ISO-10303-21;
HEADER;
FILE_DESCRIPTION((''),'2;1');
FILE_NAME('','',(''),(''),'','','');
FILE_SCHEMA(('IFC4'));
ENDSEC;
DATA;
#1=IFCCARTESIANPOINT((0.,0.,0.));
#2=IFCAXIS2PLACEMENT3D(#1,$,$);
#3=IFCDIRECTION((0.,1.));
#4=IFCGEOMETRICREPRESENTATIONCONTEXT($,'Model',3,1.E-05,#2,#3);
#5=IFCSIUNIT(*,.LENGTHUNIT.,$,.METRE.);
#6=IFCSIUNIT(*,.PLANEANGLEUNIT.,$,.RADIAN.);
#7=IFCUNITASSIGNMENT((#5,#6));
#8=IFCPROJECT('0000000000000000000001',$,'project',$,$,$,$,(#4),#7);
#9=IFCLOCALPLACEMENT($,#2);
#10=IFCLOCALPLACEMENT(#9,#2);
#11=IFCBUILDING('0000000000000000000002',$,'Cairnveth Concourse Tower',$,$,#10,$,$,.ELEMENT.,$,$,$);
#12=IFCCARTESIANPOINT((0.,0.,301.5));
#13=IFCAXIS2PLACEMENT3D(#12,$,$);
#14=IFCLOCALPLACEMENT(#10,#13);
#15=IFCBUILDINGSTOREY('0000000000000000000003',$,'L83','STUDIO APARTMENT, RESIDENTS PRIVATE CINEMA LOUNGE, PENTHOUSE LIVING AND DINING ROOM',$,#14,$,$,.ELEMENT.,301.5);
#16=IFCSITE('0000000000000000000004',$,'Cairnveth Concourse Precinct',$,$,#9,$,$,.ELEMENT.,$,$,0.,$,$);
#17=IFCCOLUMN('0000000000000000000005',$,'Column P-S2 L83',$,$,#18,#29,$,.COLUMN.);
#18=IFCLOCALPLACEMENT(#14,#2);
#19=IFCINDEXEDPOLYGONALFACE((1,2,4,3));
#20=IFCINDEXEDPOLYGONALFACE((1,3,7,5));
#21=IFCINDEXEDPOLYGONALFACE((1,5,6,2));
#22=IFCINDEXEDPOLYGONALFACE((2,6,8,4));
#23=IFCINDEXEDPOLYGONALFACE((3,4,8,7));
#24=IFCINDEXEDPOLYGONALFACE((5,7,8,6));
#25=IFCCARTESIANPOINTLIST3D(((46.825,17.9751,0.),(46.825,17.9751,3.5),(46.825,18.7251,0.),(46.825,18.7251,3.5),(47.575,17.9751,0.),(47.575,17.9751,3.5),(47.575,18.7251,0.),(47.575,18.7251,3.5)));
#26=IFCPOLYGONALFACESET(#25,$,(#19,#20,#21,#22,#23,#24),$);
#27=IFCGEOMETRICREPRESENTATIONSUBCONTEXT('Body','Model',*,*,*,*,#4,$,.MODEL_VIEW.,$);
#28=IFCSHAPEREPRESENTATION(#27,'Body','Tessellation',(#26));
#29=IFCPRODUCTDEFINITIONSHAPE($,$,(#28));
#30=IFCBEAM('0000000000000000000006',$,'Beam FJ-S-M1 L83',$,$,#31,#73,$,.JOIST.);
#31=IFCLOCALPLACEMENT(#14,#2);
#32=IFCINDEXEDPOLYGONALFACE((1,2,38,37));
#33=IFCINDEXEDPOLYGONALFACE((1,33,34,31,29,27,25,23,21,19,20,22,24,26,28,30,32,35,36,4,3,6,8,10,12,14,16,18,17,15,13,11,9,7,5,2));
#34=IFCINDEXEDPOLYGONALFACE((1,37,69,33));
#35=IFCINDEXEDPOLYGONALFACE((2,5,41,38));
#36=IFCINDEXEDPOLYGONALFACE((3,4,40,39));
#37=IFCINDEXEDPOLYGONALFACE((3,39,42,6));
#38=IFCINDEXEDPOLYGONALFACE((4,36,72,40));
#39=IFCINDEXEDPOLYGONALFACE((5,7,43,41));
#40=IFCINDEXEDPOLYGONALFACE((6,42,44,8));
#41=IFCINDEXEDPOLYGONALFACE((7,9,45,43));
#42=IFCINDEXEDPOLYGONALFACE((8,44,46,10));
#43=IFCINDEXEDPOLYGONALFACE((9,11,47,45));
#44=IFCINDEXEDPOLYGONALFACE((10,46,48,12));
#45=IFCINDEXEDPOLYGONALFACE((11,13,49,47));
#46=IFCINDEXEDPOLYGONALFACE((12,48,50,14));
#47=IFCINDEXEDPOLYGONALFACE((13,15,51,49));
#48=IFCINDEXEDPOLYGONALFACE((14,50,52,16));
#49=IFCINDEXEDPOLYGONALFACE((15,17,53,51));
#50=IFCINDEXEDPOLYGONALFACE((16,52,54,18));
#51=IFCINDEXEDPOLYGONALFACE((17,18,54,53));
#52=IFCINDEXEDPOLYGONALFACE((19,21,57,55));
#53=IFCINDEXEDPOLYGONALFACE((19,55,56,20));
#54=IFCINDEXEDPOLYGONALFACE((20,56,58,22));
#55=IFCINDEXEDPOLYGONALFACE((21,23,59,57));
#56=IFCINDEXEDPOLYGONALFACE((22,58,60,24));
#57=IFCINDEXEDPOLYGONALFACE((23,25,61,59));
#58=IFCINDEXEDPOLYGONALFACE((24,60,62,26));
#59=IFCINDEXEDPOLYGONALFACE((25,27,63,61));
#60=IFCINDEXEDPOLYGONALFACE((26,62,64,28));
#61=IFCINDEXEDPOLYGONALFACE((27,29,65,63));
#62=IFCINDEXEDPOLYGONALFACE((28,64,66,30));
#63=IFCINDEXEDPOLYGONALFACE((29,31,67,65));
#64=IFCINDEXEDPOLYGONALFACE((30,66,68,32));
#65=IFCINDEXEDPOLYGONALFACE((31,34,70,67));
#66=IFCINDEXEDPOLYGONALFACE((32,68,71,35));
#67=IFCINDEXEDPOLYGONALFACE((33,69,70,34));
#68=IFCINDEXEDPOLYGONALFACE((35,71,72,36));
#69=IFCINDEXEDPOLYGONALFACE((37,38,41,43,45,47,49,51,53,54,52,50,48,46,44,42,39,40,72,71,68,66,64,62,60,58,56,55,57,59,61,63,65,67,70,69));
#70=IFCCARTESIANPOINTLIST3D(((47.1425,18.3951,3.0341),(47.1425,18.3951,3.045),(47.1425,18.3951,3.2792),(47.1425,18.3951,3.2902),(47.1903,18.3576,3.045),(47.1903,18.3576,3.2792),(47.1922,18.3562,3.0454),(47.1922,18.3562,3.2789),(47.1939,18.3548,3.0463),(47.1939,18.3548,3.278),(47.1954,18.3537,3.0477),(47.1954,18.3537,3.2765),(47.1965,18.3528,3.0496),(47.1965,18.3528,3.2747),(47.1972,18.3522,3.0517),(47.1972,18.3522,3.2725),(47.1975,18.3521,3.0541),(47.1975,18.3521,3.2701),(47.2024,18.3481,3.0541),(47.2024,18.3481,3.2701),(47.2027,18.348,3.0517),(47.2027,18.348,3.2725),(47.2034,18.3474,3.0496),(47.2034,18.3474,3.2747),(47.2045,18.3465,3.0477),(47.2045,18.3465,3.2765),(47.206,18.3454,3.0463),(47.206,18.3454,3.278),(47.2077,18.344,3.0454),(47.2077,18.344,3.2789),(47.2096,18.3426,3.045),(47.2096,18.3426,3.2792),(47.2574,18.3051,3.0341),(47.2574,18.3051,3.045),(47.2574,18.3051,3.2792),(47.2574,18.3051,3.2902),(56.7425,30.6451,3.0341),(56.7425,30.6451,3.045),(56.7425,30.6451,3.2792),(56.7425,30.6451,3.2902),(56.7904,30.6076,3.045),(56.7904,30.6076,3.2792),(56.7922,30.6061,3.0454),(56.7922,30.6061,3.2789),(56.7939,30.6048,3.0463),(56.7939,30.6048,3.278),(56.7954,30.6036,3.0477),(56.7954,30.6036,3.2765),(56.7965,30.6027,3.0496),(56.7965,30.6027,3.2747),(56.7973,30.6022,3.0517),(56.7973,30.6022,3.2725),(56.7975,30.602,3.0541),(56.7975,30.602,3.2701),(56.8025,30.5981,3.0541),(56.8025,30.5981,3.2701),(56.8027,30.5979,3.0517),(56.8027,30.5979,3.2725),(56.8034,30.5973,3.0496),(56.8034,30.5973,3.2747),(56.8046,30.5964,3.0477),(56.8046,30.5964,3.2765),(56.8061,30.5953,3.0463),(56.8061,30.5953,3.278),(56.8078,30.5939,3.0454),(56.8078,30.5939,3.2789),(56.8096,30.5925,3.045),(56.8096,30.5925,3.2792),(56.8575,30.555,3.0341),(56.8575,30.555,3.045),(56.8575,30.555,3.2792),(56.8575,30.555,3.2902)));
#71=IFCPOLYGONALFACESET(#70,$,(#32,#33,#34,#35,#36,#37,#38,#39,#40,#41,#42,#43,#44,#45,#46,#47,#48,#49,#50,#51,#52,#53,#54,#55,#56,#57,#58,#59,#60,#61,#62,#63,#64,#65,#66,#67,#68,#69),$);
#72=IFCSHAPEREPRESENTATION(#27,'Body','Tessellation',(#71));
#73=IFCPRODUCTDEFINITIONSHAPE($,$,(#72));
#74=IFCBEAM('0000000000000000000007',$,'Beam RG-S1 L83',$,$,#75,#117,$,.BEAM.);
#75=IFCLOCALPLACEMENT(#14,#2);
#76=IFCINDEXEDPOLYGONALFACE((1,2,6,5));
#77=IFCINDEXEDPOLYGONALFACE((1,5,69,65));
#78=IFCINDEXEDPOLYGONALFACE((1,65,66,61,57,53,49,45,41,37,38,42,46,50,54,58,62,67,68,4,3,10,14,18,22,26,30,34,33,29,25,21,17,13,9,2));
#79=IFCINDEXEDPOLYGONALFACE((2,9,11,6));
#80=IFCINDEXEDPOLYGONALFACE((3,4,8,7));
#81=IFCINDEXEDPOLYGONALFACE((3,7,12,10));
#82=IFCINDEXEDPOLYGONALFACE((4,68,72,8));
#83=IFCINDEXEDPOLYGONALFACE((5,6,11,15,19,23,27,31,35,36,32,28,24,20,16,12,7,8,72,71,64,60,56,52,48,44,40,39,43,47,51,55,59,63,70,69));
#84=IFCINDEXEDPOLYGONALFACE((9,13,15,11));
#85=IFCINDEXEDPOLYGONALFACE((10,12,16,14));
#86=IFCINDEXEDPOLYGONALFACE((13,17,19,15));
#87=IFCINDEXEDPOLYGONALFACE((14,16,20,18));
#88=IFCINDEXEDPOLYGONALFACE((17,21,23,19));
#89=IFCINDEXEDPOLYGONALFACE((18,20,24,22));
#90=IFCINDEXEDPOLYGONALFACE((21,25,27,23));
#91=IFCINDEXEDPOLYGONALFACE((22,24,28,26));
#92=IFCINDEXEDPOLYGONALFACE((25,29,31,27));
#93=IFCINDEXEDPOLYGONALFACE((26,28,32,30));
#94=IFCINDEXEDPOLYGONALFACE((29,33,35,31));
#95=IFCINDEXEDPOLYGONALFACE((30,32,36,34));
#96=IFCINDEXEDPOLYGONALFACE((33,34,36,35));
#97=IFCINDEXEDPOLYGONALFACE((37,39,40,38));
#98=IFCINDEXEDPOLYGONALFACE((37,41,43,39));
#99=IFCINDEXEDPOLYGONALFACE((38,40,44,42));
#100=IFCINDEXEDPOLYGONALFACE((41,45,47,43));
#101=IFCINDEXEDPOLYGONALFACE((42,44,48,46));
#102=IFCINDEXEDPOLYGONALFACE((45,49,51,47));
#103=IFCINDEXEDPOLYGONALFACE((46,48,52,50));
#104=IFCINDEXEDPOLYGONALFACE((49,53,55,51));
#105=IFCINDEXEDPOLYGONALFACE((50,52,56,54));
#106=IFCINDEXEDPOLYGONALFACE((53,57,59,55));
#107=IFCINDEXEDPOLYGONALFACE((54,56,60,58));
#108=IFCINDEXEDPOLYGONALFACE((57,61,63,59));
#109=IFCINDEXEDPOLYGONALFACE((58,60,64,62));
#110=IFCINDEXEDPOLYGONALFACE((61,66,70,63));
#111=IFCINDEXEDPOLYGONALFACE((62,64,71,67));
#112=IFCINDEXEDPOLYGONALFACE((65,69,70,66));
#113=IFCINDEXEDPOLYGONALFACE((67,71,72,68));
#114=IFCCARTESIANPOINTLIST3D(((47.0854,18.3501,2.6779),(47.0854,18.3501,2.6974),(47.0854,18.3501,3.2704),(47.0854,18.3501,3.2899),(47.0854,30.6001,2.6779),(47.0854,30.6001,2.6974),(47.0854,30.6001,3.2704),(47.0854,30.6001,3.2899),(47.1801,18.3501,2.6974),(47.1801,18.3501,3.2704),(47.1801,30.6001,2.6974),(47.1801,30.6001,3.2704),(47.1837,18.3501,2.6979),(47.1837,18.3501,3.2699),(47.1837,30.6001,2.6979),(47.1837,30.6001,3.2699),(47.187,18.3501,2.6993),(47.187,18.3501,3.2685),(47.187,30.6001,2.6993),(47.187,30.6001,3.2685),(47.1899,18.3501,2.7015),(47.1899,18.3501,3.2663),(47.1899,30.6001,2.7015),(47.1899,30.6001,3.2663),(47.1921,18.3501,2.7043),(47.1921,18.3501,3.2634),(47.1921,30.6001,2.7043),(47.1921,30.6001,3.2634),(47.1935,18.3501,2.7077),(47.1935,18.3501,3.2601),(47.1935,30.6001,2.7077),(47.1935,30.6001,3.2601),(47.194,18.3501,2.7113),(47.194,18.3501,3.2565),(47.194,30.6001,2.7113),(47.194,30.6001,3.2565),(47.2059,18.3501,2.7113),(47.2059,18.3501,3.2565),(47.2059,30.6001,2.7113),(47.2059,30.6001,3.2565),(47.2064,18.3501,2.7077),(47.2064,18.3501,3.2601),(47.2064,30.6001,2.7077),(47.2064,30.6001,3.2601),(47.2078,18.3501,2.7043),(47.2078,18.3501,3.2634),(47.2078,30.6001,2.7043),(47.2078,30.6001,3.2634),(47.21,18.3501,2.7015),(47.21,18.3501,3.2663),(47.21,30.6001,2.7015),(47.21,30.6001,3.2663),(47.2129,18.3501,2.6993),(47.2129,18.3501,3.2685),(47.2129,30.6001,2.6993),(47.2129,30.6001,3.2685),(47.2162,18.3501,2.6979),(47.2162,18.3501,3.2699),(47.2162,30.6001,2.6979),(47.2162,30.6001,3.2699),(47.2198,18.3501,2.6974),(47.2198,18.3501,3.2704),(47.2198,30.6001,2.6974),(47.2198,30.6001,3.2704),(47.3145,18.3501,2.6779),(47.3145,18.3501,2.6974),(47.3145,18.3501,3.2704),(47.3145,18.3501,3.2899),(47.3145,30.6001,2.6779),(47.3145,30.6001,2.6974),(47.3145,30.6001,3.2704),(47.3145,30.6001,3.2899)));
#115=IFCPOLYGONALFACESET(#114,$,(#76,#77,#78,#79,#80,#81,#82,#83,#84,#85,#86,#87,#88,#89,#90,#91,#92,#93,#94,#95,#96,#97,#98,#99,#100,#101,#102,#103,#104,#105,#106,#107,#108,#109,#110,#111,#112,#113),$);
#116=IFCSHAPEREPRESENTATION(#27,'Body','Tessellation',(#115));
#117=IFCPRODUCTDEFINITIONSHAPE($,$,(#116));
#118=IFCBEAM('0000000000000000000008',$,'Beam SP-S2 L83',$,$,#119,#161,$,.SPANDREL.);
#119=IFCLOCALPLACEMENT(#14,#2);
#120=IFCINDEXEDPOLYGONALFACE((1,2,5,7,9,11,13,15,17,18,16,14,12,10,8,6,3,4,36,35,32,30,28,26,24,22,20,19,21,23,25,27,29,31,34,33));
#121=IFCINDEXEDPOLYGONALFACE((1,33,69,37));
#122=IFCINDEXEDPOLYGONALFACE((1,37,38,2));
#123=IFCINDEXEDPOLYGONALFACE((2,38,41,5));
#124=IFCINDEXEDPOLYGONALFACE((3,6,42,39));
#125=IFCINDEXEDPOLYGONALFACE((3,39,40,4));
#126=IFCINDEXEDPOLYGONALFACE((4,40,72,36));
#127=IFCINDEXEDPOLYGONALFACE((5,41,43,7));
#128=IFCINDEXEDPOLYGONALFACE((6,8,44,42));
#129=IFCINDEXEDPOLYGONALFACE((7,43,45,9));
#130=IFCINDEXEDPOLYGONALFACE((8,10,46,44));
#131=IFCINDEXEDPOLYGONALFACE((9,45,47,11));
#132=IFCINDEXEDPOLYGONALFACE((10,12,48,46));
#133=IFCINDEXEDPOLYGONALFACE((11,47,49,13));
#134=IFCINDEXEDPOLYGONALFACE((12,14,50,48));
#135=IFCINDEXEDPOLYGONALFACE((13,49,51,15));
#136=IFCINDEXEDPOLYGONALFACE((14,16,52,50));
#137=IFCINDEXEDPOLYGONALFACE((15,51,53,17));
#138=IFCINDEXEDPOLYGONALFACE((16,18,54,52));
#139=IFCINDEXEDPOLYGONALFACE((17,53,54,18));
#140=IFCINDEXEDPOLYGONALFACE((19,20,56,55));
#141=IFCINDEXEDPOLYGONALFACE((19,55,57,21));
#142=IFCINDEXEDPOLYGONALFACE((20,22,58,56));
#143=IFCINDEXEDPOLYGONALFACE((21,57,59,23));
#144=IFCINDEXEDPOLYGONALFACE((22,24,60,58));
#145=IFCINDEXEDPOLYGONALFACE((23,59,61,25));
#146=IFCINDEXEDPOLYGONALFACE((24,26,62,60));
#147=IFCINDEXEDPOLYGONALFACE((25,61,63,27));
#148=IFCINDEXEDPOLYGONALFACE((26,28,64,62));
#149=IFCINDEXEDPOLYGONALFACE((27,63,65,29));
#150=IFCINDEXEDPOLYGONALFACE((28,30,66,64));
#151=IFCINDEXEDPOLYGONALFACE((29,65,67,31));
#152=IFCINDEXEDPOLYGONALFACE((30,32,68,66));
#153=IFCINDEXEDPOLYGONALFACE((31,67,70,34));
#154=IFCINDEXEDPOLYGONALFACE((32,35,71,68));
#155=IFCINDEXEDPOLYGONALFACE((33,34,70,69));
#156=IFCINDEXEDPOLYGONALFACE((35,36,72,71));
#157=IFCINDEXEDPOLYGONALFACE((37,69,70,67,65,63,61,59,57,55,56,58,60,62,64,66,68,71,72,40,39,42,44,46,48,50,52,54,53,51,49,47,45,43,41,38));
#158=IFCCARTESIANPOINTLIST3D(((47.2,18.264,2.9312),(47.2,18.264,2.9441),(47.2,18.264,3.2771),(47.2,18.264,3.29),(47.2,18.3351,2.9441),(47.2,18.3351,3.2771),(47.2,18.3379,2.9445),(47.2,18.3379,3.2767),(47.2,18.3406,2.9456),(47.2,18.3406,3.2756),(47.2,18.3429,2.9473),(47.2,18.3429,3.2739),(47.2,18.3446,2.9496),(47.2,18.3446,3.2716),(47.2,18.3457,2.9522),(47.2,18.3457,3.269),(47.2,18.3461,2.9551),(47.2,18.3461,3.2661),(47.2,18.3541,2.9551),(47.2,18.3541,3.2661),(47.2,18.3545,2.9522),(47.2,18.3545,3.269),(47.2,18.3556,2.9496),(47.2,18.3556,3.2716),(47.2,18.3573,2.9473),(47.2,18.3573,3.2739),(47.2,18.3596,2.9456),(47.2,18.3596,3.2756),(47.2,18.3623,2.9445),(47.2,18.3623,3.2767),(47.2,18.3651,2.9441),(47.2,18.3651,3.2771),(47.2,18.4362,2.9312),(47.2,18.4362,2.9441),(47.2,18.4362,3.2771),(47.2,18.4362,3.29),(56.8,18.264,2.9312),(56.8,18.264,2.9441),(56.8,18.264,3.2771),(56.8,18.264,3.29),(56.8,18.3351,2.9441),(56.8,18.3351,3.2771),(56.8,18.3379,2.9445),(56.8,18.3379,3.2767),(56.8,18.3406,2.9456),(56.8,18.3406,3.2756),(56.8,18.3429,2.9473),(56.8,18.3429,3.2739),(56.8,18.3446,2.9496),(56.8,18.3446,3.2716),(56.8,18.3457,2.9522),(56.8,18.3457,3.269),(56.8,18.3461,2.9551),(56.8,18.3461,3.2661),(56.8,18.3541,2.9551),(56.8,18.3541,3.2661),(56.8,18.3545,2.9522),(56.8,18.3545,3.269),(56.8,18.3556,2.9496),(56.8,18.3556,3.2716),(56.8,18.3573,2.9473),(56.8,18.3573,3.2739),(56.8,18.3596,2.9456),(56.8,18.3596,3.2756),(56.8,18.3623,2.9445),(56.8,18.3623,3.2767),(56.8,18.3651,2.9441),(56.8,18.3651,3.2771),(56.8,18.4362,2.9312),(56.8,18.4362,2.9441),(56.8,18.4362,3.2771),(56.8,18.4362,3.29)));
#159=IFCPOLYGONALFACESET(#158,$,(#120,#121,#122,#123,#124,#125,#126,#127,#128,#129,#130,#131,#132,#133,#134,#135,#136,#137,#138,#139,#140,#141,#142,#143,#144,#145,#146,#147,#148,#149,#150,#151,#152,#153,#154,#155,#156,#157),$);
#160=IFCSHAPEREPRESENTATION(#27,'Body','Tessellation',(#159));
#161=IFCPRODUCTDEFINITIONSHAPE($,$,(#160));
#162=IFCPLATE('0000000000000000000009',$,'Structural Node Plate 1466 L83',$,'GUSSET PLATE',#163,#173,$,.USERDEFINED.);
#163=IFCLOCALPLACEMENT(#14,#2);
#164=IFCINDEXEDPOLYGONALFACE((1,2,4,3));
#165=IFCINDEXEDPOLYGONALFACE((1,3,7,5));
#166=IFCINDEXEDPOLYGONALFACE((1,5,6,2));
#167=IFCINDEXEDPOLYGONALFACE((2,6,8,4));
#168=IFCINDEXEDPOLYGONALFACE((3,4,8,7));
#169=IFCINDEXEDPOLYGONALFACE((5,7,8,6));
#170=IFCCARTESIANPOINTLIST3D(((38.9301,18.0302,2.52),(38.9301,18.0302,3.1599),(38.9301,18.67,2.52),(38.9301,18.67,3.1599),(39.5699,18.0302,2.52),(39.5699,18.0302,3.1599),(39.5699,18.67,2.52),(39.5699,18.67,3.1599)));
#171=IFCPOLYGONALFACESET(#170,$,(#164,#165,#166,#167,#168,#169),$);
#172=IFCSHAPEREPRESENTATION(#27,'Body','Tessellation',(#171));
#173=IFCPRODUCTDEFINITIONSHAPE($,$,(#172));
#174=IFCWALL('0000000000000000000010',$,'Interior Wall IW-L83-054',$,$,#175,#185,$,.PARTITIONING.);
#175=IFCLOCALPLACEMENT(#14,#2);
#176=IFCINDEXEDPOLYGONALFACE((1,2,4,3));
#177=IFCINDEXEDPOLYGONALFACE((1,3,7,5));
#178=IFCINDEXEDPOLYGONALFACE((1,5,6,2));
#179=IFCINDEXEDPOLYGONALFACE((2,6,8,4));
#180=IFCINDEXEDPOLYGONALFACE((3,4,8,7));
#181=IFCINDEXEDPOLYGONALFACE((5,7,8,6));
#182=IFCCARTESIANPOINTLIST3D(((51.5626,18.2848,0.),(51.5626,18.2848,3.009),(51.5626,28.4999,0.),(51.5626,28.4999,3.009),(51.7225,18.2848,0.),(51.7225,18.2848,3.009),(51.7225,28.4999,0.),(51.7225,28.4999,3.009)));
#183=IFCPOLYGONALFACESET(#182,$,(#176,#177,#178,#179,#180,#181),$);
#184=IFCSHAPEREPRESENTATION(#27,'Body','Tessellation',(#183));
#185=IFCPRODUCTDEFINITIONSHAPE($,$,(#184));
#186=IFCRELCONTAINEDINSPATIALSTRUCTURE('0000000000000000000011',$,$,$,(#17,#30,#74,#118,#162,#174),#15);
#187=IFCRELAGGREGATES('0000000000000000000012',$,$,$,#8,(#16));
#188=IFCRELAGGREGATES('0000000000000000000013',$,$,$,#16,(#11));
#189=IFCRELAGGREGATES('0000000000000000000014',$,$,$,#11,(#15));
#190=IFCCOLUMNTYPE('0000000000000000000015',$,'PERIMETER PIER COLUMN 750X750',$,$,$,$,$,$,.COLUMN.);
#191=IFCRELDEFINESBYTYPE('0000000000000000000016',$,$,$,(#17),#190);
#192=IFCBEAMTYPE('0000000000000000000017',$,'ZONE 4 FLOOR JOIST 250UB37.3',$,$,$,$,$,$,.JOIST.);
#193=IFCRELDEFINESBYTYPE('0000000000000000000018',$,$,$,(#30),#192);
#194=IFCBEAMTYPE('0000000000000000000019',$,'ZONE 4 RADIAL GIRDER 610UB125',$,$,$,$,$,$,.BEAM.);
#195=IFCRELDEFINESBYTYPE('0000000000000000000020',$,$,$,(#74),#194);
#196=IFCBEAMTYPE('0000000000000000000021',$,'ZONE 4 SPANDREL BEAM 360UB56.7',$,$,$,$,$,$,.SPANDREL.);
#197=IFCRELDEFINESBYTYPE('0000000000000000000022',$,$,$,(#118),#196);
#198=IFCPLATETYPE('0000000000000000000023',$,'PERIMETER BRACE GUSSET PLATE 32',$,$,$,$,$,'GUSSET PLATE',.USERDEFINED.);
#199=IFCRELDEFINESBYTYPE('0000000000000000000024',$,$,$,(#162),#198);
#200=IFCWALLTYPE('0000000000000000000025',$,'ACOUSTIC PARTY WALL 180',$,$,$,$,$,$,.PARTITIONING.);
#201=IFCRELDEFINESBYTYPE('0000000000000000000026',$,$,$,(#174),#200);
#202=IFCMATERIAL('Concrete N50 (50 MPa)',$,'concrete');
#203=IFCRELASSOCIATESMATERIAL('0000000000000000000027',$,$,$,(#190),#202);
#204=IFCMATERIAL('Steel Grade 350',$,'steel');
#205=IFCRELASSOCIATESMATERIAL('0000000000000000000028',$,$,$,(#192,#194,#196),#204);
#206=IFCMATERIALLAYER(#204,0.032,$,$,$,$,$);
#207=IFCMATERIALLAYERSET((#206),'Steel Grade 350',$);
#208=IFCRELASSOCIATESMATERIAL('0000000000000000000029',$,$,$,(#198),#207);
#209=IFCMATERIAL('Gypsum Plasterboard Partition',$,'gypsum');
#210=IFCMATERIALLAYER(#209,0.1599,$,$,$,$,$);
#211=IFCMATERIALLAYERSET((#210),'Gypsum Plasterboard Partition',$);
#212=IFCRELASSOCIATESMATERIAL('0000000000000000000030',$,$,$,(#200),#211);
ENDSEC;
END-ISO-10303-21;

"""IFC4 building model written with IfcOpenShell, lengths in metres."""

from ifc_helpers import new_model, si_unit, direction, frame, frame_2d, origin, origin_2d, place, context, subcontext, project, spatial, rectangle, i_section, extrude, material, layer, layer_set, material_profile, profile_set, type_object, element, save


model = new_model("IFC4")

# Units and contexts
model_context = context("Model", 3, precision=1e-05, world=origin(), true_north=direction((0.0, 1.0)))
body_context = subcontext(model_context, "Body", "Model", "MODEL_VIEW")
ifc_project = project(units=[si_unit("LENGTHUNIT", "METRE"), si_unit("PLANEANGLEUNIT", "RADIAN")], contexts=[model_context])

# Site, building, storey
site_placement = place(None, origin())
site = spatial("IfcSite", under=ifc_project, at=site_placement, Name="Cairnveth Concourse Precinct", CompositionType="ELEMENT", RefElevation=0.0)
building_placement = place(site_placement, origin())
building = spatial("IfcBuilding", under=site, at=building_placement, Name="Cairnveth Concourse Tower", CompositionType="ELEMENT")
storey_placement = place(building_placement, frame((0.0, 0.0, 301.5)))
storey = spatial("IfcBuildingStorey", under=building, at=storey_placement, Name="L83", Description="STUDIO APARTMENT, RESIDENTS PRIVATE CINEMA LOUNGE, PENTHOUSE LIVING AND DINING ROOM", CompositionType="ELEMENT", Elevation=301.5)

# Column
ifc_material_1 = material(Name="Concrete N50 (50 MPa)", Category="concrete")
ifc_material_profile_1 = material_profile(ifc_material_1, rectangle(XDim=0.75, YDim=0.75, at=origin_2d()), Name="RC-COL-750x750")
ifc_profile_set_1 = profile_set([ifc_material_profile_1], Name="Concrete N50 (50 MPa)")
column_type = type_object("IfcColumnType", Name="PERIMETER PIER COLUMN 750X750", PredefinedType="COLUMN", material=ifc_profile_set_1)
column_placement = place(storey_placement, frame((47.2, 18.3501, 0.0), z_axis=(0.0, 0.0, 1.0), x_axis=(1.0, 0.0, 0.0)))
element("IfcColumn", 1, at=column_placement, inside=storey, type_object=column_type, Name="Column P-S2 L83", PredefinedType="COLUMN", context=body_context, shape_type="SweptSolid", body=[
    extrude(rectangle(XDim=0.75, YDim=0.75, at=origin_2d()), origin(), (0.0, 0.0, 1.0), 3.5),
])

# Beams
ifc_material_2 = material(Name="Steel Grade 350", Category="steel")
ifc_material_profile_2 = material_profile(ifc_material_2, i_section(OverallWidth=0.146, OverallDepth=0.2561, WebThickness=0.0063, FlangeThickness=0.011, FilletRadius=0.009, at=origin_2d()), Name="250UB37.3")
ifc_profile_set_2 = profile_set([ifc_material_profile_2], Name="Steel Grade 350")
beam_type_1 = type_object("IfcBeamType", Name="ZONE 4 FLOOR JOIST 250UB37.3", PredefinedType="JOIST", material=ifc_profile_set_2)
beam_1_placement = place(storey_placement, frame((47.2, 18.3501, 3.1621), z_axis=(0.616832, 0.787095, 0.0), x_axis=(-0.787095, 0.616832, 0.0)))
element("IfcBeam", 2, at=beam_1_placement, inside=storey, type_object=beam_type_1, Name="Beam FJ-S-M1 L83", PredefinedType="JOIST", context=body_context, shape_type="SweptSolid", body=[
    extrude(i_section(OverallWidth=0.146, OverallDepth=0.2561, WebThickness=0.0063, FlangeThickness=0.011, FilletRadius=0.009, at=origin_2d()), origin(), (0.0, 0.0, 1.0), 15.5635),
])
ifc_material_profile_3 = material_profile(ifc_material_2, i_section(OverallWidth=0.229, OverallDepth=0.6121, WebThickness=0.012, FlangeThickness=0.0195, FilletRadius=0.0139, at=origin_2d()), Name="610UB125")
ifc_profile_set_3 = profile_set([ifc_material_profile_3], Name="Steel Grade 350")
beam_type_2 = type_object("IfcBeamType", Name="ZONE 4 RADIAL GIRDER 610UB125", PredefinedType="BEAM", material=ifc_profile_set_3)
beam_2_placement = place(storey_placement, frame((47.2, 18.3501, 2.9839), z_axis=(0.0, 1.0, 0.0), x_axis=(-1.0, 0.0, 0.0)))
element("IfcBeam", 3, at=beam_2_placement, inside=storey, type_object=beam_type_2, Name="Beam RG-S1 L83", PredefinedType="BEAM", context=body_context, shape_type="SweptSolid", body=[
    extrude(i_section(OverallWidth=0.229, OverallDepth=0.6121, WebThickness=0.012, FlangeThickness=0.0195, FilletRadius=0.0139, at=origin_2d()), origin(), (0.0, 0.0, 1.0), 12.25),
])
ifc_material_profile_4 = material_profile(ifc_material_2, i_section(OverallWidth=0.1721, OverallDepth=0.3589, WebThickness=0.0081, FlangeThickness=0.0129, FilletRadius=0.011, at=origin_2d()), Name="360UB56.7")
ifc_profile_set_4 = profile_set([ifc_material_profile_4], Name="Steel Grade 350")
beam_type_3 = type_object("IfcBeamType", Name="ZONE 4 SPANDREL BEAM 360UB56.7", PredefinedType="SPANDREL", material=ifc_profile_set_4)
beam_3_placement = place(storey_placement, frame((47.2, 18.3501, 3.1106), z_axis=(1.0, 0.0, 0.0), x_axis=(0.0, 1.0, 0.0)))
element("IfcBeam", 4, at=beam_3_placement, inside=storey, type_object=beam_type_3, Name="Beam SP-S2 L83", PredefinedType="SPANDREL", context=body_context, shape_type="SweptSolid", body=[
    extrude(i_section(OverallWidth=0.1721, OverallDepth=0.3589, WebThickness=0.0081, FlangeThickness=0.0129, FilletRadius=0.011, at=origin_2d()), origin(), (0.0, 0.0, 1.0), 9.6001),
])

# Plate
ifc_layer_1 = layer(ifc_material_2, 0.032)
ifc_layer_set_1 = layer_set([ifc_layer_1], Name="Steel Grade 350")
plate_type = type_object("IfcPlateType", Name="PERIMETER BRACE GUSSET PLATE 32", ElementType="GUSSET PLATE", PredefinedType="USERDEFINED", material=ifc_layer_set_1)
plate_placement = place(storey_placement, frame((39.25, 18.3501, 2.52), z_axis=(0.0, 0.0, 1.0), x_axis=(1.0, 0.0, 0.0)))
element("IfcPlate", 5, at=plate_placement, inside=storey, type_object=plate_type, Name="Structural Node Plate 1466 L83", ObjectType="GUSSET PLATE", PredefinedType="USERDEFINED", context=body_context, shape_type="SweptSolid", body=[
    extrude(rectangle(XDim=0.6399, YDim=0.6399, at=origin_2d()), origin(), (0.0, 0.0, 1.0), 0.6399),
])

# Wall
ifc_material_3 = material(Name="Gypsum Plasterboard Partition", Category="gypsum")
ifc_layer_2 = layer(ifc_material_3, 0.1599)
ifc_layer_set_2 = layer_set([ifc_layer_2], Name="Gypsum Plasterboard Partition")
wall_type_1 = type_object("IfcWallType", Name="ACOUSTIC PARTY WALL 180", PredefinedType="PARTITIONING", material=ifc_layer_set_2)
wall_1_placement = place(storey_placement, frame((51.6426, 18.2849, 0.0), z_axis=(0.0, 0.0, 1.0), x_axis=(0.0, 1.0, 0.0)))
element("IfcWall", 6, at=wall_1_placement, inside=storey, type_object=wall_type_1, Name="Interior Wall IW-L83-054", PredefinedType="PARTITIONING", context=body_context, shape_type="SweptSolid", body=[
    extrude(rectangle(XDim=10.2151, YDim=0.1599, at=frame_2d((5.1074, 0.0))), origin(), (0.0, 0.0, 1.0), 3.009),
])

save(model, "model.ifc")
